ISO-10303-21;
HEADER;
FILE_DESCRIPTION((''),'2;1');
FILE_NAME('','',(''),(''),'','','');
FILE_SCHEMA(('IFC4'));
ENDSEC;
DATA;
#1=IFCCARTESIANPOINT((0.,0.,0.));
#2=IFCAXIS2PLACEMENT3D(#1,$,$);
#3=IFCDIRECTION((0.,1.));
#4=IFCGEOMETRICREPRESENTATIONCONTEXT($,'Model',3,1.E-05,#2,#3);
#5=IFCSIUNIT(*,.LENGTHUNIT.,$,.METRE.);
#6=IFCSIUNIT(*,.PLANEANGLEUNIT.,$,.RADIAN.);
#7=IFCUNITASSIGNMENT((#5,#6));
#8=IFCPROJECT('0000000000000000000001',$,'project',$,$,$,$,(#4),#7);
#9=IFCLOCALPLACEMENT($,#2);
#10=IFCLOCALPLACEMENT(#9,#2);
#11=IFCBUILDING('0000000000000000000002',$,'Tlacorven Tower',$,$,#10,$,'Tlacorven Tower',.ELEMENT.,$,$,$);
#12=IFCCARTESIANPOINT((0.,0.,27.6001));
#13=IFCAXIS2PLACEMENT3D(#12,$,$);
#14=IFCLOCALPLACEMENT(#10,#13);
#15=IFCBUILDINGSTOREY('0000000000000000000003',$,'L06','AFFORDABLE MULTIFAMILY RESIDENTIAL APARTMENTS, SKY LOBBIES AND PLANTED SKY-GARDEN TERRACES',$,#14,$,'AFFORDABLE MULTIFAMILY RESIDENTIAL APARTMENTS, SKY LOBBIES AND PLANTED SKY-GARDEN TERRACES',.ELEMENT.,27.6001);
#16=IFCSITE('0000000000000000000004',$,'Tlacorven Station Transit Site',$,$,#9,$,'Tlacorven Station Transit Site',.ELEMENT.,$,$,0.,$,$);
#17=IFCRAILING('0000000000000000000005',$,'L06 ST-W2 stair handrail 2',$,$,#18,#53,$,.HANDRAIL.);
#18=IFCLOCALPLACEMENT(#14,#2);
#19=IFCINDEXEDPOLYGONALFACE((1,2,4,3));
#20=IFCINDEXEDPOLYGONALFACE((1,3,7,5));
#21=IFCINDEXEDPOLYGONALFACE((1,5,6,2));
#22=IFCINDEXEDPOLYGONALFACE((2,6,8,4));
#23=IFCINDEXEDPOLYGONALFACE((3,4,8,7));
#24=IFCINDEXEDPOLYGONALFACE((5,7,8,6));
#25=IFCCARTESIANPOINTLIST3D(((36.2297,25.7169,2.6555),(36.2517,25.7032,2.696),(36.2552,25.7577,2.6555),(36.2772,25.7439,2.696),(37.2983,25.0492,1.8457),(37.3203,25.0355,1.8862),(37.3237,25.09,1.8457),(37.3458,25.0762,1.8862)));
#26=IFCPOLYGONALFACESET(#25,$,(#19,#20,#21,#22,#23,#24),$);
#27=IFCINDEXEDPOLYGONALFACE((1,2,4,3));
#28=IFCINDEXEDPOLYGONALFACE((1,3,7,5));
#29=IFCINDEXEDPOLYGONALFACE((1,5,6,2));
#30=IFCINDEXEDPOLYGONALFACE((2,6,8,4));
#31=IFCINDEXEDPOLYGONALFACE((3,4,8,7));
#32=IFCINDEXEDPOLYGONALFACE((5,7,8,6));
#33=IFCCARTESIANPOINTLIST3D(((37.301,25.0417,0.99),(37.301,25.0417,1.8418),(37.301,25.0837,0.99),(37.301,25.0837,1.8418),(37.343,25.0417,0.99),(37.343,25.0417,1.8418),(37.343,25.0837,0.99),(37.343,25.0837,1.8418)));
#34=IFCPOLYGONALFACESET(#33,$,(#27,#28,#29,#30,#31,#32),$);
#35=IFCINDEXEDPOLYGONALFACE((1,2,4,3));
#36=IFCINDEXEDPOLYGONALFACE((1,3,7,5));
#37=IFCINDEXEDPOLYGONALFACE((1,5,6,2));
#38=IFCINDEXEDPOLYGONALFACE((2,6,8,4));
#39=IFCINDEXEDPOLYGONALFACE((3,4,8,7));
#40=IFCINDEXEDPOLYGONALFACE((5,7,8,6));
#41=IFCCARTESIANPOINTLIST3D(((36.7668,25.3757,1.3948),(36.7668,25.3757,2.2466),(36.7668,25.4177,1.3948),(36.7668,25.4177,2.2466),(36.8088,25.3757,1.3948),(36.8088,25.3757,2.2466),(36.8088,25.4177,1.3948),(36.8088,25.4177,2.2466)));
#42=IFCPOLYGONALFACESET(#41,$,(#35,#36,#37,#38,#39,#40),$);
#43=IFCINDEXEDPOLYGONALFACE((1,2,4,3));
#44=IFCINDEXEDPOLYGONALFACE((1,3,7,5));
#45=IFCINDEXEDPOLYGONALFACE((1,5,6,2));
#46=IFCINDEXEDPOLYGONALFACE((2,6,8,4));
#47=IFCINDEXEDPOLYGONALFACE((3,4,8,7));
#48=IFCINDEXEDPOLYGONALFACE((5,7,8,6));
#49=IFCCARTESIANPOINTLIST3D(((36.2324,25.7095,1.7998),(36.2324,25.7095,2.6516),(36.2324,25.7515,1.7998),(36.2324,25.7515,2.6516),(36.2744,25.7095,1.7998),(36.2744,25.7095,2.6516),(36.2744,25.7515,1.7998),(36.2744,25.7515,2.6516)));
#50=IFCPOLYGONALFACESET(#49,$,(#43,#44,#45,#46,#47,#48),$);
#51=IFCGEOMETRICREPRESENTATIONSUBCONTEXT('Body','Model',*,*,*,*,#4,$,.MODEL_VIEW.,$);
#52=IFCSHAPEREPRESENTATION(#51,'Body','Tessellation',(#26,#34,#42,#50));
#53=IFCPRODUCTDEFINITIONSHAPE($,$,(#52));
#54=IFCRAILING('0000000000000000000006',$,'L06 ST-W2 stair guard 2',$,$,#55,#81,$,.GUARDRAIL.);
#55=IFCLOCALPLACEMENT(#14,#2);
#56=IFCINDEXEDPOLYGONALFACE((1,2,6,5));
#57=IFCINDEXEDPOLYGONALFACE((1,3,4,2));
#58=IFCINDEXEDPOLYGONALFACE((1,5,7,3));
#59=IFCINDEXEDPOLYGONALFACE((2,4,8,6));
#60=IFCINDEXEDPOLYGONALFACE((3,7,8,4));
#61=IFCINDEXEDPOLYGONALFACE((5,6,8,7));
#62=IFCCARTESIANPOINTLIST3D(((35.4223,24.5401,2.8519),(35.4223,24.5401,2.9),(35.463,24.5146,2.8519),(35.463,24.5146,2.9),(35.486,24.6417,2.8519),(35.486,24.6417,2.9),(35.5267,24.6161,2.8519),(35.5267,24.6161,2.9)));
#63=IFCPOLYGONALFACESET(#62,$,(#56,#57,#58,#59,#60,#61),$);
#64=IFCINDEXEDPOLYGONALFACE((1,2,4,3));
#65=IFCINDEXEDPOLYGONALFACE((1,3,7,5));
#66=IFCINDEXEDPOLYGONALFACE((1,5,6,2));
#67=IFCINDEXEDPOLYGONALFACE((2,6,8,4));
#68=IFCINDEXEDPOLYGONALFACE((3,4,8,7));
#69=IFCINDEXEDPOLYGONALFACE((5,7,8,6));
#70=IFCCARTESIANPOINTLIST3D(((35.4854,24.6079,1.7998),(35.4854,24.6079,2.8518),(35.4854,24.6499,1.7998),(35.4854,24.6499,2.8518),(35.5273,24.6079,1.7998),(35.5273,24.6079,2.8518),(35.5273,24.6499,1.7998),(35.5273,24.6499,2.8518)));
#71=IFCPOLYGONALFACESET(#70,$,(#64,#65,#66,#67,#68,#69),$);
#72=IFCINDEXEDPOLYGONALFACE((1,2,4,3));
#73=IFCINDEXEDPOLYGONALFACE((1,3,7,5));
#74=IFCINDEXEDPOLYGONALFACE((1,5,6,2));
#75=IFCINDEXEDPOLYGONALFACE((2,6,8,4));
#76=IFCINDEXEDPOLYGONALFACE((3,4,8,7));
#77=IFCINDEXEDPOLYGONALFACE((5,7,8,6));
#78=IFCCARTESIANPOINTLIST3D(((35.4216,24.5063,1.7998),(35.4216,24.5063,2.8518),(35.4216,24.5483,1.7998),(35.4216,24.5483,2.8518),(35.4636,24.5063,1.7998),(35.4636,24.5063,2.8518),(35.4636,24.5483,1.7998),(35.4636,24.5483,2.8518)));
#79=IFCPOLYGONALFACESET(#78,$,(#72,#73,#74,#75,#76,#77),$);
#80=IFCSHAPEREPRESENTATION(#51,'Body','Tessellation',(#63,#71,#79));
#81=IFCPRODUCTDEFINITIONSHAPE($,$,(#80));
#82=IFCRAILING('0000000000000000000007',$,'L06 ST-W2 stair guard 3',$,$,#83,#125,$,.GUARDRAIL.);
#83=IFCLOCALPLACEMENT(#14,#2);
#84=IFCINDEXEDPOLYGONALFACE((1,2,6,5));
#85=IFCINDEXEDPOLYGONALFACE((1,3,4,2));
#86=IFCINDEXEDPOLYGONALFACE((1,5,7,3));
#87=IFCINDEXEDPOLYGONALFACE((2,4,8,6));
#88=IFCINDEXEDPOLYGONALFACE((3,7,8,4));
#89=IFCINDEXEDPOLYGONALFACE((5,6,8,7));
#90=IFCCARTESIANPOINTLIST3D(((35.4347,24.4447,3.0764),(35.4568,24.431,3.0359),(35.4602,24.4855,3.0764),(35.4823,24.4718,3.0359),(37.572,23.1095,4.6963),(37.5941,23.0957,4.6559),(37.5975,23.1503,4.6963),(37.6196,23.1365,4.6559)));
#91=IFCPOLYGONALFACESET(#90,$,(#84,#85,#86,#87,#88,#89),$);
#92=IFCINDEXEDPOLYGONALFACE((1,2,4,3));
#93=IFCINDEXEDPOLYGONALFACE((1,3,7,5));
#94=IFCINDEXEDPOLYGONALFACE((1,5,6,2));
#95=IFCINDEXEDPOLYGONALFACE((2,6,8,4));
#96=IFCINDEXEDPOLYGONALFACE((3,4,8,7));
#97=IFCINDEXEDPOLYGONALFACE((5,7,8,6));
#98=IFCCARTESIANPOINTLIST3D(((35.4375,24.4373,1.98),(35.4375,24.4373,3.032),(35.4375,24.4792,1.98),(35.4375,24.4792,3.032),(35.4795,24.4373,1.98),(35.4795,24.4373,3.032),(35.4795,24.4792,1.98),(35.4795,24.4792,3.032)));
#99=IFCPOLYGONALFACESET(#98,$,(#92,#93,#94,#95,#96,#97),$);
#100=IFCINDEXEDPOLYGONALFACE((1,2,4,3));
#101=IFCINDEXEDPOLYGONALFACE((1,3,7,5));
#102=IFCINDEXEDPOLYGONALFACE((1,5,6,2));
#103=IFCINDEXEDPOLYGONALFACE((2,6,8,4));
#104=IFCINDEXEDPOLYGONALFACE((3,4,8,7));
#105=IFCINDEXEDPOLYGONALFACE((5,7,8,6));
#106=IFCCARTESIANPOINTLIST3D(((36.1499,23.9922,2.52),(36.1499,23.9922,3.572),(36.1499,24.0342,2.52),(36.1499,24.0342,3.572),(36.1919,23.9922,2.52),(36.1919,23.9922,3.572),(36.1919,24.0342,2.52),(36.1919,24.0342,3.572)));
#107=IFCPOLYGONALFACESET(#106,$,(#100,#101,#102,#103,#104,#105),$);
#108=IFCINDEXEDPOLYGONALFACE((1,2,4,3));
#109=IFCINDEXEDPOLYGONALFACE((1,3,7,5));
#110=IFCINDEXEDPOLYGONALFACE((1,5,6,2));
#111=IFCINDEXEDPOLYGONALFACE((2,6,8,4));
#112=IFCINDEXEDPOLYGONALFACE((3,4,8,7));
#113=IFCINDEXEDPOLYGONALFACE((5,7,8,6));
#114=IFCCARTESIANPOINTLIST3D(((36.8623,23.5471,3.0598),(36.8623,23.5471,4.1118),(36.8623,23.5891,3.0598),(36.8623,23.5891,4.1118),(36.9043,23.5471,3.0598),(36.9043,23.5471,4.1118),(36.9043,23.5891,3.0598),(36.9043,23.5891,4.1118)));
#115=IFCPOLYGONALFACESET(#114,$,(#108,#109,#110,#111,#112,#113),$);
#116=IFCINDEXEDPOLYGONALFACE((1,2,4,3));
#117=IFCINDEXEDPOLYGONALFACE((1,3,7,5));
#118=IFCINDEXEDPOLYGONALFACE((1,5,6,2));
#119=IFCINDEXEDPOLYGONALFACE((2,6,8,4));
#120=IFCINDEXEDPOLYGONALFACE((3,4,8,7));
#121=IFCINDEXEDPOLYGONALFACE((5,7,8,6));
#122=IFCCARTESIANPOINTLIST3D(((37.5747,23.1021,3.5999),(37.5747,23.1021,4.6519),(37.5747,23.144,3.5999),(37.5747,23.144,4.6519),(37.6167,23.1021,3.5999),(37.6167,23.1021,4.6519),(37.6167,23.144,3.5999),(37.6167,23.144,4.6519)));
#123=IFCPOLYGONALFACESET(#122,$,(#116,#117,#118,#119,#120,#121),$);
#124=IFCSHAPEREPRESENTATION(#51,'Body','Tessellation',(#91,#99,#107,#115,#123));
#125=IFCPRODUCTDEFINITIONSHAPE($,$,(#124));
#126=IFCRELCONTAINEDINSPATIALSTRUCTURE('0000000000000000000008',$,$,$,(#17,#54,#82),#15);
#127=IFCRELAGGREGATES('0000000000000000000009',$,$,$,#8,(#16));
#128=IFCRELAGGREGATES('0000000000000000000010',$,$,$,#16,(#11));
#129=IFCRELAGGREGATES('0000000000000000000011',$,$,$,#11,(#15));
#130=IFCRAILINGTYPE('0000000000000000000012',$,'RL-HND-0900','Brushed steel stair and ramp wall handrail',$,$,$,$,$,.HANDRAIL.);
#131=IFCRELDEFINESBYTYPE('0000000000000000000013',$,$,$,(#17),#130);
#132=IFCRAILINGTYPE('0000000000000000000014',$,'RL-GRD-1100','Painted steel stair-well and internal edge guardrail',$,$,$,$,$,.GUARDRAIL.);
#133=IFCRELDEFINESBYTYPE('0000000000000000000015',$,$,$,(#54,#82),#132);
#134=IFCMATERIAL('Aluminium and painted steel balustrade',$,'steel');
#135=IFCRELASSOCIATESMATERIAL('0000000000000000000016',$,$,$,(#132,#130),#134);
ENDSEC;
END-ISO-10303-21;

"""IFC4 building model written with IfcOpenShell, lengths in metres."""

from ifc_helpers import new_model, si_unit, direction, frame, origin, origin_2d, place, context, subcontext, project, spatial, rectangle, extrude, source, transform, mapped, material, type_object, element, save


model = new_model("IFC4")

# Units and contexts
model_context = context("Model", 3, precision=1e-05, world=origin(), true_north=direction((0.0, 1.0)))
body_context = subcontext(model_context, "Body", "Model", "MODEL_VIEW")
ifc_project = project(units=[si_unit("LENGTHUNIT", "METRE"), si_unit("PLANEANGLEUNIT", "RADIAN")], contexts=[model_context])

# Site, building, storey
site_placement = place(None, origin())
site = spatial("IfcSite", under=ifc_project, at=site_placement, Name="Tlacorven Station Transit Site", LongName="Tlacorven Station Transit Site", CompositionType="ELEMENT", RefElevation=0.0)
building_placement = place(site_placement, origin())
building = spatial("IfcBuilding", under=site, at=building_placement, Name="Tlacorven Tower", LongName="Tlacorven Tower", CompositionType="ELEMENT")
storey_placement = place(building_placement, frame((0.0, 0.0, 27.6001)))
storey = spatial("IfcBuildingStorey", under=building, at=storey_placement, Name="L06", Description="AFFORDABLE MULTIFAMILY RESIDENTIAL APARTMENTS, SKY LOBBIES AND PLANTED SKY-GARDEN TERRACES", LongName="AFFORDABLE MULTIFAMILY RESIDENTIAL APARTMENTS, SKY LOBBIES AND PLANTED SKY-GARDEN TERRACES", CompositionType="ELEMENT", Elevation=27.6001)

# Railings
ifc_material_1 = material(Name="Aluminium and painted steel balustrade", Category="steel")
railing_type_1 = type_object("IfcRailingType", Name="RL-GRD-1100", Description="Painted steel stair-well and internal edge guardrail", PredefinedType="GUARDRAIL", material=ifc_material_1)
railing_type_2 = type_object("IfcRailingType", Name="RL-HND-0900", Description="Brushed steel stair and ramp wall handrail", PredefinedType="HANDRAIL", material=ifc_material_1)
shared_shape_1 = source(origin(), body_context, "Body", "SweptSolid", [
    extrude(rectangle(XDim=0.0481, YDim=0.0481, at=origin_2d()), frame((0.0, 0.0, 0.876), z_axis=(-0.713423, 0.445787, 0.540649), x_axis=(-0.529912, -0.848053, 0.0)), (0.0, 0.0, 1.0), 1.4978),
    extrude(rectangle(XDim=0.042, YDim=0.042, at=origin_2d()), origin(), (0.0, 0.0, 1.0), 0.8518),
    extrude(rectangle(XDim=0.042, YDim=0.042, at=origin_2d()), frame((-0.5342, 0.334, 0.4048)), (0.0, 0.0, 1.0), 0.8518),
    extrude(rectangle(XDim=0.042, YDim=0.042, at=origin_2d()), frame((-1.0686, 0.6677, 0.8098)), (0.0, 0.0, 1.0), 0.8518),
])
railing_1_placement = place(storey_placement, frame((37.322, 25.0627, 0.99)))
element("IfcRailing", 1, at=railing_1_placement, inside=storey, type_object=railing_type_2, Name="L06 ST-W2 stair handrail 2", PredefinedType="HANDRAIL", context=body_context, shape_type="MappedRepresentation", body=[
    mapped(shared_shape_1, transform((0.0, 0.0, 0.0), scale=1.0)),
])
shared_shape_2 = source(origin(), body_context, "Body", "SweptSolid", [
    extrude(rectangle(XDim=0.0481, YDim=0.0481, at=origin_2d()), frame((0.0, 0.0, 1.0762), z_axis=(-0.531462, -0.847082, 0.0), x_axis=(0.847082, -0.531462, 0.0)), (0.0, 0.0, 1.0), 0.1199),
    extrude(rectangle(XDim=0.042, YDim=0.042, at=origin_2d()), origin(), (0.0, 0.0, 1.0), 1.052),
    extrude(rectangle(XDim=0.042, YDim=0.042, at=origin_2d()), frame((-0.0637, -0.1016, 0.0)), (0.0, 0.0, 1.0), 1.052),
])
railing_2_placement = place(storey_placement, frame((35.5063, 24.6289, 1.7998)))
element("IfcRailing", 2, at=railing_2_placement, inside=storey, type_object=railing_type_1, Name="L06 ST-W2 stair guard 2", PredefinedType="GUARDRAIL", context=body_context, shape_type="MappedRepresentation", body=[
    mapped(shared_shape_2, transform((0.0, 0.0, 0.0), scale=1.0)),
])
shared_shape_3 = source(origin(), body_context, "Body", "SweptSolid", [
    extrude(rectangle(XDim=0.0481, YDim=0.0481, at=origin_2d()), frame((0.0, 0.0, 1.0762), z_axis=(0.713417, -0.445702, 0.540727), x_axis=(0.529842, 0.848096, 0.0)), (0.0, 0.0, 1.0), 2.9958),
    extrude(rectangle(XDim=0.042, YDim=0.042, at=origin_2d()), origin(), (0.0, 0.0, 1.0), 1.052),
    extrude(rectangle(XDim=0.042, YDim=0.042, at=origin_2d()), frame((0.7124, -0.4451, 0.54)), (0.0, 0.0, 1.0), 1.052),
    extrude(rectangle(XDim=0.042, YDim=0.042, at=origin_2d()), frame((1.4248, -0.8901, 1.0798)), (0.0, 0.0, 1.0), 1.052),
    extrude(rectangle(XDim=0.042, YDim=0.042, at=origin_2d()), frame((2.1372, -1.3352, 1.6199)), (0.0, 0.0, 1.0), 1.052),
])
railing_3_placement = place(storey_placement, frame((35.4585, 24.4583, 1.98)))
element("IfcRailing", 3, at=railing_3_placement, inside=storey, type_object=railing_type_1, Name="L06 ST-W2 stair guard 3", PredefinedType="GUARDRAIL", context=body_context, shape_type="MappedRepresentation", body=[
    mapped(shared_shape_3, transform((0.0, 0.0, 0.0), scale=1.0)),
])

save(model, "model.ifc")
